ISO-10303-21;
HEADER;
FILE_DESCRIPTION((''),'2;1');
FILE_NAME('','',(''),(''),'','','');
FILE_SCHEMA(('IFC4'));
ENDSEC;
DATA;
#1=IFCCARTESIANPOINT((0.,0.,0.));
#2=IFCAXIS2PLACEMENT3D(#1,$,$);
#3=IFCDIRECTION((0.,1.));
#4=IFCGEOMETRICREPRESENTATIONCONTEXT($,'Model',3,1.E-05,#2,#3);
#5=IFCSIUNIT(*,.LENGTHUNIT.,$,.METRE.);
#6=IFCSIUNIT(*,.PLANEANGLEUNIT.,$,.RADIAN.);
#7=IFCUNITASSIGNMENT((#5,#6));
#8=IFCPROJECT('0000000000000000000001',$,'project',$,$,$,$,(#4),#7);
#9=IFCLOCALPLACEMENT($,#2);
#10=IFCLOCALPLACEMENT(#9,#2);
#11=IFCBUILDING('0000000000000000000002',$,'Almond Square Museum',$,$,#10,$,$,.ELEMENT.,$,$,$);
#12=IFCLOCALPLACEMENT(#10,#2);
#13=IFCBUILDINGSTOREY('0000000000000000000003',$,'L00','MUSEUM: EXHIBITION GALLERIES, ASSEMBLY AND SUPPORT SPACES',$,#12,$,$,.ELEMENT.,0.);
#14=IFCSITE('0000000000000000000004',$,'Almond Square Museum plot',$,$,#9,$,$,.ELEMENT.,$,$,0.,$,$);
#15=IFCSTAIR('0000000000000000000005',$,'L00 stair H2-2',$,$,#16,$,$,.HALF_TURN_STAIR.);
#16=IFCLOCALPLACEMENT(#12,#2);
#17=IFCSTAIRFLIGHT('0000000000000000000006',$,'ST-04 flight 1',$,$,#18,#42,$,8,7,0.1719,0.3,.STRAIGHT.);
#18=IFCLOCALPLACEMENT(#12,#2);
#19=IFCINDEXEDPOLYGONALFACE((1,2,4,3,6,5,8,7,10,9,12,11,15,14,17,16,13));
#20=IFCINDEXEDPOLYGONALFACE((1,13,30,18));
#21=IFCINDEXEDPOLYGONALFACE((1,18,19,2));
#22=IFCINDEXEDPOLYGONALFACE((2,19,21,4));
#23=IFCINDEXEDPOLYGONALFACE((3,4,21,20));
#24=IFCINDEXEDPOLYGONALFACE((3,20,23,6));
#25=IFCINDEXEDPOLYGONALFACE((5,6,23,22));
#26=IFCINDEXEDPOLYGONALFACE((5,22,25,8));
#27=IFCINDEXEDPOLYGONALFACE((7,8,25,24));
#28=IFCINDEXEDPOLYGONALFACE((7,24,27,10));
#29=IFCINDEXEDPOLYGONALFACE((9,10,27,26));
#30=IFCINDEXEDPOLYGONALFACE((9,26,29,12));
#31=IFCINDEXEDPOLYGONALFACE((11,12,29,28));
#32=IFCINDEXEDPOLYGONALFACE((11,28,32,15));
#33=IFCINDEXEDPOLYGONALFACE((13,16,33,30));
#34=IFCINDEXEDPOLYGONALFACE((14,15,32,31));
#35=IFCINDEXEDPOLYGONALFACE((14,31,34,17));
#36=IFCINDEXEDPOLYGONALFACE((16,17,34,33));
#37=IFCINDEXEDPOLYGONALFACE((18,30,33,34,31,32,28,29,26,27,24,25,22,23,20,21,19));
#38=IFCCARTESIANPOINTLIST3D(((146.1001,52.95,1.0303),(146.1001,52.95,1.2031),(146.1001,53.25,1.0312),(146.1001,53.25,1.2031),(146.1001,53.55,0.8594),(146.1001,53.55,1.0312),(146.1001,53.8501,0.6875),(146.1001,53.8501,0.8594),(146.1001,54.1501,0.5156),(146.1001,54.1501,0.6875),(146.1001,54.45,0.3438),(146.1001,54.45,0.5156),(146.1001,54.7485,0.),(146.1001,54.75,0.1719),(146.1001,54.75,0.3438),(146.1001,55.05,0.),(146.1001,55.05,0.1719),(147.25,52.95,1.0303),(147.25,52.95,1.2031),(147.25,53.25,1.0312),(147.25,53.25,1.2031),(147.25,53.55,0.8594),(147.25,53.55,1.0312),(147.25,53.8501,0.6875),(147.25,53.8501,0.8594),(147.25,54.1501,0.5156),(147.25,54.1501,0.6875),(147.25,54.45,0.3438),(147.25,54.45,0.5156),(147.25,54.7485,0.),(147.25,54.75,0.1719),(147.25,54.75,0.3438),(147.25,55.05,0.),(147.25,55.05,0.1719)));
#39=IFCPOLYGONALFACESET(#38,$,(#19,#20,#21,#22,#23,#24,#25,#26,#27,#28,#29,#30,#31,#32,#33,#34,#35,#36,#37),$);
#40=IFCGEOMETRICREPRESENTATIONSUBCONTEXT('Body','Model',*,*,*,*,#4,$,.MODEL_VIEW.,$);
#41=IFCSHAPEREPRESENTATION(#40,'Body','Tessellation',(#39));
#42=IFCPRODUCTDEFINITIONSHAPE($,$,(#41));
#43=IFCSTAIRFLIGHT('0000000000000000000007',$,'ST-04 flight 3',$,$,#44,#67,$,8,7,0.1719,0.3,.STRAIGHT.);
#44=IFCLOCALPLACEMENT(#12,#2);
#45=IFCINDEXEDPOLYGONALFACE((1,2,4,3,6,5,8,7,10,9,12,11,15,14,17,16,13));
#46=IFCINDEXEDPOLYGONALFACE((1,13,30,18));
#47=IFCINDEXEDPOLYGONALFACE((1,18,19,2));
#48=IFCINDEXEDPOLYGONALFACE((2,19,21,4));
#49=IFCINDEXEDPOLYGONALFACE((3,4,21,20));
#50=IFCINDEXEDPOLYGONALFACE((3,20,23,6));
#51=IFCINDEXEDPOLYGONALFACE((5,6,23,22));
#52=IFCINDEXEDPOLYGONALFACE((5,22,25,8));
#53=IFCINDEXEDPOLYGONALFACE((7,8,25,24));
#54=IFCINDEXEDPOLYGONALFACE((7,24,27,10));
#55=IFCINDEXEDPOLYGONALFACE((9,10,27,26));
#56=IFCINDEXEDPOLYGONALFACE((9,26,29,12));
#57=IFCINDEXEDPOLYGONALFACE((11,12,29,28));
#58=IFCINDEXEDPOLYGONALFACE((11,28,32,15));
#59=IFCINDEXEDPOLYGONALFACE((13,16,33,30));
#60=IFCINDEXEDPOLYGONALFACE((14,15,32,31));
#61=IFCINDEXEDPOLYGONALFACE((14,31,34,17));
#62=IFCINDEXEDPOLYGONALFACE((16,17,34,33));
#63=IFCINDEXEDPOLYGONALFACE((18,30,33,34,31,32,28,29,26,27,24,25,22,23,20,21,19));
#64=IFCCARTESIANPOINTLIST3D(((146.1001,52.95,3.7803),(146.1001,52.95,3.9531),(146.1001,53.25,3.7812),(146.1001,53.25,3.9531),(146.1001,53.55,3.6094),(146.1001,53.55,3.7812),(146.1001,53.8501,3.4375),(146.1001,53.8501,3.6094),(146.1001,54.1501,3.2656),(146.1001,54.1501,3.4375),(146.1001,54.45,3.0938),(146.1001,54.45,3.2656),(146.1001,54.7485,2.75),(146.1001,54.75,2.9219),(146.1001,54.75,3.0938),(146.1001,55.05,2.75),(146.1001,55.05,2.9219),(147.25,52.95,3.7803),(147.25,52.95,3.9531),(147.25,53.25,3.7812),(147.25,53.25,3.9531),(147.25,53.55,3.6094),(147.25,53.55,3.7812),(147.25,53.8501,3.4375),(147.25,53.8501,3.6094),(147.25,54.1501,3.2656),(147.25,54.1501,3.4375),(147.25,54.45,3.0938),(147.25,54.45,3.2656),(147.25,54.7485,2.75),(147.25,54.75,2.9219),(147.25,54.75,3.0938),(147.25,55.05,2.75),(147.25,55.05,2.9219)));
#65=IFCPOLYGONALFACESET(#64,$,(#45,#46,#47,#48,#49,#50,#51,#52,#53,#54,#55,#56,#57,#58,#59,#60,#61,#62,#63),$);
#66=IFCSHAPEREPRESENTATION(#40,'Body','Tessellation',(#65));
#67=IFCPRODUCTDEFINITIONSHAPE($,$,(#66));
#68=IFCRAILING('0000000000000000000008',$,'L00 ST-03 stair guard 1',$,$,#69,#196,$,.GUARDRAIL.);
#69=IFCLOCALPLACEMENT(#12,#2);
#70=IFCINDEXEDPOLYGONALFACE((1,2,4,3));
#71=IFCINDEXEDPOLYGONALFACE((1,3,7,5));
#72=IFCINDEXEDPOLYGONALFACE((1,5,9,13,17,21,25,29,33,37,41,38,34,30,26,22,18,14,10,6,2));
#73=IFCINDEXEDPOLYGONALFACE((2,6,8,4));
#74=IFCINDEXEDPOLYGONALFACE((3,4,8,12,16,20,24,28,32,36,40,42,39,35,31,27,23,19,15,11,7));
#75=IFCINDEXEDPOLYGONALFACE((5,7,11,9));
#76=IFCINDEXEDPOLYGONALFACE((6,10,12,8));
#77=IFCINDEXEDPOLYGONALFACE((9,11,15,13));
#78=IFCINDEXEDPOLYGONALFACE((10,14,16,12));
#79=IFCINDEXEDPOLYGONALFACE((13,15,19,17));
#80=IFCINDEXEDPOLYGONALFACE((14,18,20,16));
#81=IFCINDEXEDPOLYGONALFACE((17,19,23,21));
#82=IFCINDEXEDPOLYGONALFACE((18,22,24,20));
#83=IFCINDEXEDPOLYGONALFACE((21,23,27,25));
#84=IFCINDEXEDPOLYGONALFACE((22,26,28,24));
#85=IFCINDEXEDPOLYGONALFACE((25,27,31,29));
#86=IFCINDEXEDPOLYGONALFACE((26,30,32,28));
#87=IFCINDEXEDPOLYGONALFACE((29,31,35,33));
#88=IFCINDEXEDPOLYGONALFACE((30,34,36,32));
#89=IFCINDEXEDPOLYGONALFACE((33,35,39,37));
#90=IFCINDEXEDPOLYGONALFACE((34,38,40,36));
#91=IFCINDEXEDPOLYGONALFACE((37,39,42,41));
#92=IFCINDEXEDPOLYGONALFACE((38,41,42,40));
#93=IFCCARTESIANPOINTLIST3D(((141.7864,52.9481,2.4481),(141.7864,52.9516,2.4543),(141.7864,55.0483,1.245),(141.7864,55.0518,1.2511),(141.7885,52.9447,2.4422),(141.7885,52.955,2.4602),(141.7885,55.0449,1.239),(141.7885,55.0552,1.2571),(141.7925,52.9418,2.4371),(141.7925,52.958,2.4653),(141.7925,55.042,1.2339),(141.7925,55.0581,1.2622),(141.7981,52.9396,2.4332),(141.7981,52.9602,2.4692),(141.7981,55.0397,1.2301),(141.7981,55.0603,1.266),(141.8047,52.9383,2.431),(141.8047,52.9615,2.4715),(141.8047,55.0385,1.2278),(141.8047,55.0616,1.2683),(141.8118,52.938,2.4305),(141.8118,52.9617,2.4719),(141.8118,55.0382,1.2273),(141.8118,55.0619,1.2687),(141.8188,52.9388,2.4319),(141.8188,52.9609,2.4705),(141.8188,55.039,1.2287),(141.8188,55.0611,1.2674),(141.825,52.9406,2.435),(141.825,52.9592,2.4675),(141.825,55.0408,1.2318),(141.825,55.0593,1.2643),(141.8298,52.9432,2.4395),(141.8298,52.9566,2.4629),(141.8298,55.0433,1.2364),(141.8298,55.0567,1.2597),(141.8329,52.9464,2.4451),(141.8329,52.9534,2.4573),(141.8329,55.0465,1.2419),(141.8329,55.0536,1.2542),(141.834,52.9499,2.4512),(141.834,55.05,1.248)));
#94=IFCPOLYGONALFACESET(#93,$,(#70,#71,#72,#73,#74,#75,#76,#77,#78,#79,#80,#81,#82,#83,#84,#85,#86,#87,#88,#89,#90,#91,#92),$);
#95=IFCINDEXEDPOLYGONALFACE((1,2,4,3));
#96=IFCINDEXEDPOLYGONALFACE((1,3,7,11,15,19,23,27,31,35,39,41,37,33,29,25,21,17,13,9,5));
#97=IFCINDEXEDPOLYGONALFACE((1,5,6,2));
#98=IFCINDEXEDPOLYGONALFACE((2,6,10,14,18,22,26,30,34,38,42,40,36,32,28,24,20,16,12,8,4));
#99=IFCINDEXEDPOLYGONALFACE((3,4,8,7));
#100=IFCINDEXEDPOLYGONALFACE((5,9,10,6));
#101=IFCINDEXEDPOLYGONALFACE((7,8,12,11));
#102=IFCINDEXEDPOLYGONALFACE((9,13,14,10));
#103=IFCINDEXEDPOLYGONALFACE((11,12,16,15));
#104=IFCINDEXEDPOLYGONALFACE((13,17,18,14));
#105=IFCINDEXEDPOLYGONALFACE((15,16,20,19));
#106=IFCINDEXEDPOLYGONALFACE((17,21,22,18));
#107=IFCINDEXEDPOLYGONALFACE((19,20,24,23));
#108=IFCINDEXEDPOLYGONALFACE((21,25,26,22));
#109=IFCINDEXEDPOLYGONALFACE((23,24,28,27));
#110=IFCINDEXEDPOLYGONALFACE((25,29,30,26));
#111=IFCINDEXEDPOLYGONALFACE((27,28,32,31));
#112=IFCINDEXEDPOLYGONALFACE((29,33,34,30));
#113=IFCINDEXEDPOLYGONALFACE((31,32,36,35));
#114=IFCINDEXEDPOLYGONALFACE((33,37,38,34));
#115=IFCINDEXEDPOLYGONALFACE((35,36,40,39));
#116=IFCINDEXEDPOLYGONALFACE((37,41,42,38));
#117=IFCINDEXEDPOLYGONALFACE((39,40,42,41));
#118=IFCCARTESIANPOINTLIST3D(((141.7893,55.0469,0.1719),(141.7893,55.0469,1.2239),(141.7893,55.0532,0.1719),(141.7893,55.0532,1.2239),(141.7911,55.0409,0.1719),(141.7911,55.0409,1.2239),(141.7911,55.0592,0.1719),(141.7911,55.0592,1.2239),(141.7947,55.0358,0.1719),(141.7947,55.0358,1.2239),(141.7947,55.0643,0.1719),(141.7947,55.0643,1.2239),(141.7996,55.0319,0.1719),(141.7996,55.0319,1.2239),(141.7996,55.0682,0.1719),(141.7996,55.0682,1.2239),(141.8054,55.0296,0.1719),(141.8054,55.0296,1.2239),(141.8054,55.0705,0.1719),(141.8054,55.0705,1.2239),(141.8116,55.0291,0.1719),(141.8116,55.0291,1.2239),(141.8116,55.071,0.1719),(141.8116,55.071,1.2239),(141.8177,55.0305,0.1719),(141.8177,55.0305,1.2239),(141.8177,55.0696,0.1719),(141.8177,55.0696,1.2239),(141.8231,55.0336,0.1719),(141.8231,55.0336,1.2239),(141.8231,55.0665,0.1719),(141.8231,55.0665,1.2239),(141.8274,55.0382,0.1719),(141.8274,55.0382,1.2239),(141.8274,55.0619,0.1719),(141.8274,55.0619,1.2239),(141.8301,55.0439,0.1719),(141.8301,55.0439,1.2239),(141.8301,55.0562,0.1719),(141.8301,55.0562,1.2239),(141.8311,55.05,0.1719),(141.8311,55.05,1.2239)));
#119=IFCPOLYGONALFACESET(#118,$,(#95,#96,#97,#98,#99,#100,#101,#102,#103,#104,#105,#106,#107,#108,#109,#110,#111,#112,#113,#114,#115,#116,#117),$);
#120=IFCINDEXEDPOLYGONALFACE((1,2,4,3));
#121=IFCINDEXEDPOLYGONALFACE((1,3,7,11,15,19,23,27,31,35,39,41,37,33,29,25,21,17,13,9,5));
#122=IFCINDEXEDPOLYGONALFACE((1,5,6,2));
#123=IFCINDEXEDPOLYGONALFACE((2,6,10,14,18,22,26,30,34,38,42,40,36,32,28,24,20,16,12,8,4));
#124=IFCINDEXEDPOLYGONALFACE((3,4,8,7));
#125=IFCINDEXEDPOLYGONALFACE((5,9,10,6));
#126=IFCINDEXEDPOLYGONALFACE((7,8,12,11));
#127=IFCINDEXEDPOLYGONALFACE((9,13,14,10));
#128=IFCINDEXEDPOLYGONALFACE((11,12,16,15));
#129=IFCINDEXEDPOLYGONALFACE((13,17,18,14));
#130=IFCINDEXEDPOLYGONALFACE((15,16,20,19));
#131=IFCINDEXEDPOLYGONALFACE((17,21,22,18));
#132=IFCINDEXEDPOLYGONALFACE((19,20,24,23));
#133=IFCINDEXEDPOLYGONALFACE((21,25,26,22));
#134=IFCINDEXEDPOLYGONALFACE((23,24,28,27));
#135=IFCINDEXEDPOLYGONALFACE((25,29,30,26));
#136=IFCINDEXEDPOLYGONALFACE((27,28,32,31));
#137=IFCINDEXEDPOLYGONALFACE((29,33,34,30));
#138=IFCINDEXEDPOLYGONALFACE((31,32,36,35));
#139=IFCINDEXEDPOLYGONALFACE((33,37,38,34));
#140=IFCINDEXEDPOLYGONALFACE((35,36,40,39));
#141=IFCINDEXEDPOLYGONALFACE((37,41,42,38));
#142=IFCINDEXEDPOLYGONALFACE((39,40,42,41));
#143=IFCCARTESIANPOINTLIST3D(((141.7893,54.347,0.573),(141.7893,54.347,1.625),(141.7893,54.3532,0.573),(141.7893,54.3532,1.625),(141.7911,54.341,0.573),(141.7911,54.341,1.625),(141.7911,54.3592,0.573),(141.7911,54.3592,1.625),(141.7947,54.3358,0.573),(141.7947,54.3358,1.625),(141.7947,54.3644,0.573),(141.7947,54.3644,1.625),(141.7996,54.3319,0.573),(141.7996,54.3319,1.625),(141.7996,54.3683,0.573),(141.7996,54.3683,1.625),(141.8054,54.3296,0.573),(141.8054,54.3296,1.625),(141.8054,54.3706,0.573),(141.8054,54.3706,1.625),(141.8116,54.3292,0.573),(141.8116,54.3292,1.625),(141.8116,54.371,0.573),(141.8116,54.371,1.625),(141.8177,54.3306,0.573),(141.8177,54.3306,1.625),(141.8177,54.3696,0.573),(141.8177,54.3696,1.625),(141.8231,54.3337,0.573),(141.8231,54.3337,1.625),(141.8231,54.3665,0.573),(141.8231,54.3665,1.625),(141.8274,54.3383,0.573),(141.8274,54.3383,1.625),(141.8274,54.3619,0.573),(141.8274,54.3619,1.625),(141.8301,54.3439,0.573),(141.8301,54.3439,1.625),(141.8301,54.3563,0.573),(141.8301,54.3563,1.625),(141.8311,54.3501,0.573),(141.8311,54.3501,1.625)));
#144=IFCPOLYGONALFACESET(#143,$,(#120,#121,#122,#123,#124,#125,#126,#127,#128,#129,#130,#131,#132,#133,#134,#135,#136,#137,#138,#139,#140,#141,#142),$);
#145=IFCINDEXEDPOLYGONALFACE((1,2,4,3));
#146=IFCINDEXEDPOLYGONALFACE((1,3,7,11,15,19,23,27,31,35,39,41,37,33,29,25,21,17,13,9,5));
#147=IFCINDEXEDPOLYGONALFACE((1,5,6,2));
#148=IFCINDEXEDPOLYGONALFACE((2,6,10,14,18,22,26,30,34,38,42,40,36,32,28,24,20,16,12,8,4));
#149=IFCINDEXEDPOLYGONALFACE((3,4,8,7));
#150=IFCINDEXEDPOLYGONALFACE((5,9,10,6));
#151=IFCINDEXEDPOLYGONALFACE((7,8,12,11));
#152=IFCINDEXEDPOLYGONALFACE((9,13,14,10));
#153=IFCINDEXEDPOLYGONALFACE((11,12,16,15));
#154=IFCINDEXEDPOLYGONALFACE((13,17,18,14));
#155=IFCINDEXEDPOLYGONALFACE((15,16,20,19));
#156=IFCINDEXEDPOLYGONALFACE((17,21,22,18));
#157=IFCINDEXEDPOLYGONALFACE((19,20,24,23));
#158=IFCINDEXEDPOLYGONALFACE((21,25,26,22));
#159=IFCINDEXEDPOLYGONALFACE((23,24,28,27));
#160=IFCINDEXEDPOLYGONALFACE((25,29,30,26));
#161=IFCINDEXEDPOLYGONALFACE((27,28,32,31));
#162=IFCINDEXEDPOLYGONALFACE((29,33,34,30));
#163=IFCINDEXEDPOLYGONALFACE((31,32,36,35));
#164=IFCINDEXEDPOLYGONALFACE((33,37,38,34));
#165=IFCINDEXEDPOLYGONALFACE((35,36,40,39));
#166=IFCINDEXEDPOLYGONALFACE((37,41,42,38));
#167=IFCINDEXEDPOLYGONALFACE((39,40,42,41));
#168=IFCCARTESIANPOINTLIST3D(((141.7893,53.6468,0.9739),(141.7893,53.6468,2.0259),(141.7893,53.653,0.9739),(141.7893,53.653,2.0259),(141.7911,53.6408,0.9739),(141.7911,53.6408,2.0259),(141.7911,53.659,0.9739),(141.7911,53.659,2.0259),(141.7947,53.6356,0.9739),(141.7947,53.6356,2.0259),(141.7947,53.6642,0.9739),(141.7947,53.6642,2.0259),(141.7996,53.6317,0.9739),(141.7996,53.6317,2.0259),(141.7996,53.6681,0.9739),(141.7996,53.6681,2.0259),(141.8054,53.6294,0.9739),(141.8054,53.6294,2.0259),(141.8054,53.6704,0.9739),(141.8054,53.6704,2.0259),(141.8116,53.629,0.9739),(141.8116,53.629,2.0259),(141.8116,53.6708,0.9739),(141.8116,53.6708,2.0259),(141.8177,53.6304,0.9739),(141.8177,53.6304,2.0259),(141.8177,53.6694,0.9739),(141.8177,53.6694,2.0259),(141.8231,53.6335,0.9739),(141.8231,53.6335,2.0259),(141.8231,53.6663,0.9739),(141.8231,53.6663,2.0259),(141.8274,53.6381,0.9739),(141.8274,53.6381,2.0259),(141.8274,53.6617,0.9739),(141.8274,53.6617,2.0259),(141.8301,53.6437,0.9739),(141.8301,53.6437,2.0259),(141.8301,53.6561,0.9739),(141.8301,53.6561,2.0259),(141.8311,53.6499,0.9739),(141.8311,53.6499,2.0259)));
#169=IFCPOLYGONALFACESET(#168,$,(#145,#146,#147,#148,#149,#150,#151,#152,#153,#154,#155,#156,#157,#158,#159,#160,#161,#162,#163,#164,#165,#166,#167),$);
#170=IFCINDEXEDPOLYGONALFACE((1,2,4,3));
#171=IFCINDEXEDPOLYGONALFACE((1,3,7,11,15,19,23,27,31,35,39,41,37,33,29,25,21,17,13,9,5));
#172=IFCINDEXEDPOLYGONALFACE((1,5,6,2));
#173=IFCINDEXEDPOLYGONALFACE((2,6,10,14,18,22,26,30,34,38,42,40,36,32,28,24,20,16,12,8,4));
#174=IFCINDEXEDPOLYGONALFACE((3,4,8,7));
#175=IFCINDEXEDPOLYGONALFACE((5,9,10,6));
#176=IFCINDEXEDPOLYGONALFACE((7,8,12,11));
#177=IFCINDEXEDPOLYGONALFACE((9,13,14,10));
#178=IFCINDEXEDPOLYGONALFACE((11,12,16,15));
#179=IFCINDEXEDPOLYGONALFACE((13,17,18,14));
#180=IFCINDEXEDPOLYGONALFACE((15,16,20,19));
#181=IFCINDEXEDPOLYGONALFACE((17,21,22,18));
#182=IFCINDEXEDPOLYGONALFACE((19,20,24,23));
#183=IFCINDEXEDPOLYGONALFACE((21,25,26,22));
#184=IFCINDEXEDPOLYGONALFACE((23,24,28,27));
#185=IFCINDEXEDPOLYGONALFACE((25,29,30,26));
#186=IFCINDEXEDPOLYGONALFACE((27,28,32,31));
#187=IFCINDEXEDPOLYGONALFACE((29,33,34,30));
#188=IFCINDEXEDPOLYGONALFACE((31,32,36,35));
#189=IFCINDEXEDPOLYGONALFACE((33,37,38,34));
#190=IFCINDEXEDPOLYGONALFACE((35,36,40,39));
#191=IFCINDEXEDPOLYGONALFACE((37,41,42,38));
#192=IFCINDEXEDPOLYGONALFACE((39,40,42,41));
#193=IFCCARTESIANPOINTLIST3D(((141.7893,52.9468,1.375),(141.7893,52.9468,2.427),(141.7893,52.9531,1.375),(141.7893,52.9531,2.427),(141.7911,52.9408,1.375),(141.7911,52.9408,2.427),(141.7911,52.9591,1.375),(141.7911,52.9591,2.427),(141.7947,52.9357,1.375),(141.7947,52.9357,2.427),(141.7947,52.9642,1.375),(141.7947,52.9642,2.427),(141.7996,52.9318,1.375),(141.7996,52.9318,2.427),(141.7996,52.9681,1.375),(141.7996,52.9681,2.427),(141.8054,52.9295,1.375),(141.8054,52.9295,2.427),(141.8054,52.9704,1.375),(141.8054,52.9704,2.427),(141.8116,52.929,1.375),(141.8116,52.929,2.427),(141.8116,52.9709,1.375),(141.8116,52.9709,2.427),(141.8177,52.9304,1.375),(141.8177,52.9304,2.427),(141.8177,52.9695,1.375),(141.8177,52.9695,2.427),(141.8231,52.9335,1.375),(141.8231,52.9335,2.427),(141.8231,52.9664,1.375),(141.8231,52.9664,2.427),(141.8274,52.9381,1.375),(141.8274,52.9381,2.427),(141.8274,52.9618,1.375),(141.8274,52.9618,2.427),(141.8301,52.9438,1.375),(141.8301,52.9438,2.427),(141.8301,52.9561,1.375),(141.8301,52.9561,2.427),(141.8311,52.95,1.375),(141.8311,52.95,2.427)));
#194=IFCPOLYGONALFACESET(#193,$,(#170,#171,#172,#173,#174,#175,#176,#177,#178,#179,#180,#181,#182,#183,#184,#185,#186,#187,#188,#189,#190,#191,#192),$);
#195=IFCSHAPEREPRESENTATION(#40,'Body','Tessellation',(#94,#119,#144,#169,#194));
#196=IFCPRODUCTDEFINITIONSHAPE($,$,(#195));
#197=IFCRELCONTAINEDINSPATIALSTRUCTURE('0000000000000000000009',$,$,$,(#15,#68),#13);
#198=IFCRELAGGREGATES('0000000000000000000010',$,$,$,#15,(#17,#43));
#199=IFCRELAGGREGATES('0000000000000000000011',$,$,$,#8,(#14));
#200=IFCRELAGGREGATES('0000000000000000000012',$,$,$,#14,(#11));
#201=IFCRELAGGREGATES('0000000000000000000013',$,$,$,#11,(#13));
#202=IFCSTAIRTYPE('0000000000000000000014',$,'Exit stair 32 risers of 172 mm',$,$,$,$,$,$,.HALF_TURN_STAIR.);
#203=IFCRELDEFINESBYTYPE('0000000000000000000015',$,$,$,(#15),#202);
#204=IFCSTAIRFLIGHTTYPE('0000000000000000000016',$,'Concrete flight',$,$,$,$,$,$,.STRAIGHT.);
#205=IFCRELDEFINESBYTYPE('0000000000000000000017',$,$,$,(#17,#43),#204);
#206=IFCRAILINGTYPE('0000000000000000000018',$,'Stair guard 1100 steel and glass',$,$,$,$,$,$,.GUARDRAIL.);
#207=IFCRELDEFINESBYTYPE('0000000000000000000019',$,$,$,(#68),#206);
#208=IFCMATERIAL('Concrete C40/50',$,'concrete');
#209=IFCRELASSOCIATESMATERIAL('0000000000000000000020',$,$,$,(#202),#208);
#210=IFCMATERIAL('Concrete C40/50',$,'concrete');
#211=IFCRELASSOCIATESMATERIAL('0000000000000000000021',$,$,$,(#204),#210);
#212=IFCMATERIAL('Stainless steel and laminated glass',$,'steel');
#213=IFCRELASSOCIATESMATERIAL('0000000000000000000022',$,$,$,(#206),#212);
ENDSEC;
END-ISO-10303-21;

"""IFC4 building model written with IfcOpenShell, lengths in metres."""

from ifc_helpers import new_model, si_unit, direction, frame, origin, origin_2d, place, context, subcontext, project, spatial, polyline, circle, outline, extrude, material, type_object, element, aggregate, save


model = new_model("IFC4")

# Units and contexts
model_context = context("Model", 3, precision=1e-05, world=origin(), true_north=direction((0.0, 1.0)))
body_context = subcontext(model_context, "Body", "Model", "MODEL_VIEW")
ifc_project = project(units=[si_unit("LENGTHUNIT", "METRE"), si_unit("PLANEANGLEUNIT", "RADIAN")], contexts=[model_context])

# Site, building, storey
site_placement = place(None, origin())
site = spatial("IfcSite", under=ifc_project, at=site_placement, Name="Almond Square Museum plot", CompositionType="ELEMENT", RefElevation=0.0)
building_placement = place(site_placement, origin())
building = spatial("IfcBuilding", under=site, at=building_placement, Name="Almond Square Museum", CompositionType="ELEMENT")
storey_placement = place(building_placement, origin())
storey = spatial("IfcBuildingStorey", under=building, at=storey_placement, Name="L00", Description="MUSEUM: EXHIBITION GALLERIES, ASSEMBLY AND SUPPORT SPACES", CompositionType="ELEMENT", Elevation=0.0)

# Stair, stair flights
ifc_material_1 = material(Name="Concrete C40/50", Category="concrete")
stair_type = type_object("IfcStairType", Name="Exit stair 32 risers of 172 mm", PredefinedType="HALF_TURN_STAIR", material=ifc_material_1)
ifc_material_2 = material(Name="Concrete C40/50", Category="concrete")
stair_flight_type = type_object("IfcStairFlightType", Name="Concrete flight", PredefinedType="STRAIGHT", material=ifc_material_2)
stair_1_placement = place(storey_placement, origin())
stair_1 = element("IfcStair", 1, at=stair_1_placement, inside=storey, type_object=stair_type, Name="L00 stair H2-2", PredefinedType="HALF_TURN_STAIR")
stair_flight_1_placement = place(storey_placement, frame((146.675, 55.05, 0.0), z_axis=(0.0, 0.0, 1.0), x_axis=(0.0, -1.0, 0.0)))
stair_flight_1 = element("IfcStairFlight", 2, at=stair_flight_1_placement, type_object=stair_flight_type, Name="ST-04 flight 1", NumberOfRisers=8, NumberOfTreads=7, PredefinedType="STRAIGHT", RiserHeight=0.1719, TreadLength=0.3, context=body_context, shape_type="SweptSolid", body=[
    extrude(outline(polyline([(0.0, 0.0), (0.0, 0.1719), (0.3, 0.1719), (0.3, 0.3438), (0.6001, 0.3438), (0.6001, 0.5156), (0.8999, 0.5156), (0.8999, 0.6875), (1.2, 0.6875), (1.2, 0.8594), (1.5, 0.8594), (1.5, 1.0312), (1.8, 1.0312), (1.8, 1.2031), (2.1001, 1.2031), (2.1001, 1.375), (2.1001, 1.0303), (0.3015, 0.0), (0.0, 0.0)])), frame((0.0, 0.575, 0.0), z_axis=(0.0, -1.0, 0.0), x_axis=(1.0, 0.0, 0.0)), (0.0, 0.0, 1.0), 1.1499),
])
stair_flight_2_placement = place(storey_placement, frame((146.675, 55.05, 2.75), z_axis=(0.0, 0.0, 1.0), x_axis=(0.0, -1.0, 0.0)))
stair_flight_2 = element("IfcStairFlight", 3, at=stair_flight_2_placement, type_object=stair_flight_type, Name="ST-04 flight 3", NumberOfRisers=8, NumberOfTreads=7, PredefinedType="STRAIGHT", RiserHeight=0.1719, TreadLength=0.3, context=body_context, shape_type="SweptSolid", body=[
    extrude(outline(polyline([(0.0, 0.0), (0.0, 0.1719), (0.3, 0.1719), (0.3, 0.3438), (0.6001, 0.3438), (0.6001, 0.5156), (0.8999, 0.5156), (0.8999, 0.6875), (1.2, 0.6875), (1.2, 0.8594), (1.5, 0.8594), (1.5, 1.0312), (1.8, 1.0312), (1.8, 1.2031), (2.1001, 1.2031), (2.1001, 1.375), (2.1001, 1.0303), (0.3015, 0.0), (0.0, 0.0)])), frame((0.0, 0.575, 0.0), z_axis=(0.0, -1.0, 0.0), x_axis=(1.0, 0.0, 0.0)), (0.0, 0.0, 1.0), 1.1499),
])
aggregate(stair_1, [stair_flight_1, stair_flight_2])

# Railing
ifc_material_3 = material(Name="Stainless steel and laminated glass", Category="steel")
railing_type_1 = type_object("IfcRailingType", Name="Stair guard 1100 steel and glass", PredefinedType="GUARDRAIL", material=ifc_material_3)
railing_1_placement = place(storey_placement, frame((141.8101, 55.05, 0.1719)))
element("IfcRailing", 4, at=railing_1_placement, inside=storey, type_object=railing_type_1, Name="L00 ST-03 stair guard 1", PredefinedType="GUARDRAIL", context=body_context, shape_type="SweptSolid", body=[
    extrude(circle(Radius=0.0239, at=origin_2d()), frame((0.0, 0.0, 1.0762), z_axis=(0.0, -0.867696, 0.497095), x_axis=(1.0, 0.0, 0.0)), (0.0, 0.0, 1.0), 2.4204),
    extrude(circle(Radius=0.021, at=origin_2d()), origin(), (0.0, 0.0, 1.0), 1.052),
    extrude(circle(Radius=0.021, at=origin_2d()), frame((0.0, -0.7, 0.4011)), (0.0, 0.0, 1.0), 1.052),
    extrude(circle(Radius=0.021, at=origin_2d()), frame((0.0, -1.4001, 0.802)), (0.0, 0.0, 1.0), 1.052),
    extrude(circle(Radius=0.021, at=origin_2d()), frame((0.0, -2.1001, 1.2031)), (0.0, 0.0, 1.0), 1.052),
])

save(model, "model.ifc")
